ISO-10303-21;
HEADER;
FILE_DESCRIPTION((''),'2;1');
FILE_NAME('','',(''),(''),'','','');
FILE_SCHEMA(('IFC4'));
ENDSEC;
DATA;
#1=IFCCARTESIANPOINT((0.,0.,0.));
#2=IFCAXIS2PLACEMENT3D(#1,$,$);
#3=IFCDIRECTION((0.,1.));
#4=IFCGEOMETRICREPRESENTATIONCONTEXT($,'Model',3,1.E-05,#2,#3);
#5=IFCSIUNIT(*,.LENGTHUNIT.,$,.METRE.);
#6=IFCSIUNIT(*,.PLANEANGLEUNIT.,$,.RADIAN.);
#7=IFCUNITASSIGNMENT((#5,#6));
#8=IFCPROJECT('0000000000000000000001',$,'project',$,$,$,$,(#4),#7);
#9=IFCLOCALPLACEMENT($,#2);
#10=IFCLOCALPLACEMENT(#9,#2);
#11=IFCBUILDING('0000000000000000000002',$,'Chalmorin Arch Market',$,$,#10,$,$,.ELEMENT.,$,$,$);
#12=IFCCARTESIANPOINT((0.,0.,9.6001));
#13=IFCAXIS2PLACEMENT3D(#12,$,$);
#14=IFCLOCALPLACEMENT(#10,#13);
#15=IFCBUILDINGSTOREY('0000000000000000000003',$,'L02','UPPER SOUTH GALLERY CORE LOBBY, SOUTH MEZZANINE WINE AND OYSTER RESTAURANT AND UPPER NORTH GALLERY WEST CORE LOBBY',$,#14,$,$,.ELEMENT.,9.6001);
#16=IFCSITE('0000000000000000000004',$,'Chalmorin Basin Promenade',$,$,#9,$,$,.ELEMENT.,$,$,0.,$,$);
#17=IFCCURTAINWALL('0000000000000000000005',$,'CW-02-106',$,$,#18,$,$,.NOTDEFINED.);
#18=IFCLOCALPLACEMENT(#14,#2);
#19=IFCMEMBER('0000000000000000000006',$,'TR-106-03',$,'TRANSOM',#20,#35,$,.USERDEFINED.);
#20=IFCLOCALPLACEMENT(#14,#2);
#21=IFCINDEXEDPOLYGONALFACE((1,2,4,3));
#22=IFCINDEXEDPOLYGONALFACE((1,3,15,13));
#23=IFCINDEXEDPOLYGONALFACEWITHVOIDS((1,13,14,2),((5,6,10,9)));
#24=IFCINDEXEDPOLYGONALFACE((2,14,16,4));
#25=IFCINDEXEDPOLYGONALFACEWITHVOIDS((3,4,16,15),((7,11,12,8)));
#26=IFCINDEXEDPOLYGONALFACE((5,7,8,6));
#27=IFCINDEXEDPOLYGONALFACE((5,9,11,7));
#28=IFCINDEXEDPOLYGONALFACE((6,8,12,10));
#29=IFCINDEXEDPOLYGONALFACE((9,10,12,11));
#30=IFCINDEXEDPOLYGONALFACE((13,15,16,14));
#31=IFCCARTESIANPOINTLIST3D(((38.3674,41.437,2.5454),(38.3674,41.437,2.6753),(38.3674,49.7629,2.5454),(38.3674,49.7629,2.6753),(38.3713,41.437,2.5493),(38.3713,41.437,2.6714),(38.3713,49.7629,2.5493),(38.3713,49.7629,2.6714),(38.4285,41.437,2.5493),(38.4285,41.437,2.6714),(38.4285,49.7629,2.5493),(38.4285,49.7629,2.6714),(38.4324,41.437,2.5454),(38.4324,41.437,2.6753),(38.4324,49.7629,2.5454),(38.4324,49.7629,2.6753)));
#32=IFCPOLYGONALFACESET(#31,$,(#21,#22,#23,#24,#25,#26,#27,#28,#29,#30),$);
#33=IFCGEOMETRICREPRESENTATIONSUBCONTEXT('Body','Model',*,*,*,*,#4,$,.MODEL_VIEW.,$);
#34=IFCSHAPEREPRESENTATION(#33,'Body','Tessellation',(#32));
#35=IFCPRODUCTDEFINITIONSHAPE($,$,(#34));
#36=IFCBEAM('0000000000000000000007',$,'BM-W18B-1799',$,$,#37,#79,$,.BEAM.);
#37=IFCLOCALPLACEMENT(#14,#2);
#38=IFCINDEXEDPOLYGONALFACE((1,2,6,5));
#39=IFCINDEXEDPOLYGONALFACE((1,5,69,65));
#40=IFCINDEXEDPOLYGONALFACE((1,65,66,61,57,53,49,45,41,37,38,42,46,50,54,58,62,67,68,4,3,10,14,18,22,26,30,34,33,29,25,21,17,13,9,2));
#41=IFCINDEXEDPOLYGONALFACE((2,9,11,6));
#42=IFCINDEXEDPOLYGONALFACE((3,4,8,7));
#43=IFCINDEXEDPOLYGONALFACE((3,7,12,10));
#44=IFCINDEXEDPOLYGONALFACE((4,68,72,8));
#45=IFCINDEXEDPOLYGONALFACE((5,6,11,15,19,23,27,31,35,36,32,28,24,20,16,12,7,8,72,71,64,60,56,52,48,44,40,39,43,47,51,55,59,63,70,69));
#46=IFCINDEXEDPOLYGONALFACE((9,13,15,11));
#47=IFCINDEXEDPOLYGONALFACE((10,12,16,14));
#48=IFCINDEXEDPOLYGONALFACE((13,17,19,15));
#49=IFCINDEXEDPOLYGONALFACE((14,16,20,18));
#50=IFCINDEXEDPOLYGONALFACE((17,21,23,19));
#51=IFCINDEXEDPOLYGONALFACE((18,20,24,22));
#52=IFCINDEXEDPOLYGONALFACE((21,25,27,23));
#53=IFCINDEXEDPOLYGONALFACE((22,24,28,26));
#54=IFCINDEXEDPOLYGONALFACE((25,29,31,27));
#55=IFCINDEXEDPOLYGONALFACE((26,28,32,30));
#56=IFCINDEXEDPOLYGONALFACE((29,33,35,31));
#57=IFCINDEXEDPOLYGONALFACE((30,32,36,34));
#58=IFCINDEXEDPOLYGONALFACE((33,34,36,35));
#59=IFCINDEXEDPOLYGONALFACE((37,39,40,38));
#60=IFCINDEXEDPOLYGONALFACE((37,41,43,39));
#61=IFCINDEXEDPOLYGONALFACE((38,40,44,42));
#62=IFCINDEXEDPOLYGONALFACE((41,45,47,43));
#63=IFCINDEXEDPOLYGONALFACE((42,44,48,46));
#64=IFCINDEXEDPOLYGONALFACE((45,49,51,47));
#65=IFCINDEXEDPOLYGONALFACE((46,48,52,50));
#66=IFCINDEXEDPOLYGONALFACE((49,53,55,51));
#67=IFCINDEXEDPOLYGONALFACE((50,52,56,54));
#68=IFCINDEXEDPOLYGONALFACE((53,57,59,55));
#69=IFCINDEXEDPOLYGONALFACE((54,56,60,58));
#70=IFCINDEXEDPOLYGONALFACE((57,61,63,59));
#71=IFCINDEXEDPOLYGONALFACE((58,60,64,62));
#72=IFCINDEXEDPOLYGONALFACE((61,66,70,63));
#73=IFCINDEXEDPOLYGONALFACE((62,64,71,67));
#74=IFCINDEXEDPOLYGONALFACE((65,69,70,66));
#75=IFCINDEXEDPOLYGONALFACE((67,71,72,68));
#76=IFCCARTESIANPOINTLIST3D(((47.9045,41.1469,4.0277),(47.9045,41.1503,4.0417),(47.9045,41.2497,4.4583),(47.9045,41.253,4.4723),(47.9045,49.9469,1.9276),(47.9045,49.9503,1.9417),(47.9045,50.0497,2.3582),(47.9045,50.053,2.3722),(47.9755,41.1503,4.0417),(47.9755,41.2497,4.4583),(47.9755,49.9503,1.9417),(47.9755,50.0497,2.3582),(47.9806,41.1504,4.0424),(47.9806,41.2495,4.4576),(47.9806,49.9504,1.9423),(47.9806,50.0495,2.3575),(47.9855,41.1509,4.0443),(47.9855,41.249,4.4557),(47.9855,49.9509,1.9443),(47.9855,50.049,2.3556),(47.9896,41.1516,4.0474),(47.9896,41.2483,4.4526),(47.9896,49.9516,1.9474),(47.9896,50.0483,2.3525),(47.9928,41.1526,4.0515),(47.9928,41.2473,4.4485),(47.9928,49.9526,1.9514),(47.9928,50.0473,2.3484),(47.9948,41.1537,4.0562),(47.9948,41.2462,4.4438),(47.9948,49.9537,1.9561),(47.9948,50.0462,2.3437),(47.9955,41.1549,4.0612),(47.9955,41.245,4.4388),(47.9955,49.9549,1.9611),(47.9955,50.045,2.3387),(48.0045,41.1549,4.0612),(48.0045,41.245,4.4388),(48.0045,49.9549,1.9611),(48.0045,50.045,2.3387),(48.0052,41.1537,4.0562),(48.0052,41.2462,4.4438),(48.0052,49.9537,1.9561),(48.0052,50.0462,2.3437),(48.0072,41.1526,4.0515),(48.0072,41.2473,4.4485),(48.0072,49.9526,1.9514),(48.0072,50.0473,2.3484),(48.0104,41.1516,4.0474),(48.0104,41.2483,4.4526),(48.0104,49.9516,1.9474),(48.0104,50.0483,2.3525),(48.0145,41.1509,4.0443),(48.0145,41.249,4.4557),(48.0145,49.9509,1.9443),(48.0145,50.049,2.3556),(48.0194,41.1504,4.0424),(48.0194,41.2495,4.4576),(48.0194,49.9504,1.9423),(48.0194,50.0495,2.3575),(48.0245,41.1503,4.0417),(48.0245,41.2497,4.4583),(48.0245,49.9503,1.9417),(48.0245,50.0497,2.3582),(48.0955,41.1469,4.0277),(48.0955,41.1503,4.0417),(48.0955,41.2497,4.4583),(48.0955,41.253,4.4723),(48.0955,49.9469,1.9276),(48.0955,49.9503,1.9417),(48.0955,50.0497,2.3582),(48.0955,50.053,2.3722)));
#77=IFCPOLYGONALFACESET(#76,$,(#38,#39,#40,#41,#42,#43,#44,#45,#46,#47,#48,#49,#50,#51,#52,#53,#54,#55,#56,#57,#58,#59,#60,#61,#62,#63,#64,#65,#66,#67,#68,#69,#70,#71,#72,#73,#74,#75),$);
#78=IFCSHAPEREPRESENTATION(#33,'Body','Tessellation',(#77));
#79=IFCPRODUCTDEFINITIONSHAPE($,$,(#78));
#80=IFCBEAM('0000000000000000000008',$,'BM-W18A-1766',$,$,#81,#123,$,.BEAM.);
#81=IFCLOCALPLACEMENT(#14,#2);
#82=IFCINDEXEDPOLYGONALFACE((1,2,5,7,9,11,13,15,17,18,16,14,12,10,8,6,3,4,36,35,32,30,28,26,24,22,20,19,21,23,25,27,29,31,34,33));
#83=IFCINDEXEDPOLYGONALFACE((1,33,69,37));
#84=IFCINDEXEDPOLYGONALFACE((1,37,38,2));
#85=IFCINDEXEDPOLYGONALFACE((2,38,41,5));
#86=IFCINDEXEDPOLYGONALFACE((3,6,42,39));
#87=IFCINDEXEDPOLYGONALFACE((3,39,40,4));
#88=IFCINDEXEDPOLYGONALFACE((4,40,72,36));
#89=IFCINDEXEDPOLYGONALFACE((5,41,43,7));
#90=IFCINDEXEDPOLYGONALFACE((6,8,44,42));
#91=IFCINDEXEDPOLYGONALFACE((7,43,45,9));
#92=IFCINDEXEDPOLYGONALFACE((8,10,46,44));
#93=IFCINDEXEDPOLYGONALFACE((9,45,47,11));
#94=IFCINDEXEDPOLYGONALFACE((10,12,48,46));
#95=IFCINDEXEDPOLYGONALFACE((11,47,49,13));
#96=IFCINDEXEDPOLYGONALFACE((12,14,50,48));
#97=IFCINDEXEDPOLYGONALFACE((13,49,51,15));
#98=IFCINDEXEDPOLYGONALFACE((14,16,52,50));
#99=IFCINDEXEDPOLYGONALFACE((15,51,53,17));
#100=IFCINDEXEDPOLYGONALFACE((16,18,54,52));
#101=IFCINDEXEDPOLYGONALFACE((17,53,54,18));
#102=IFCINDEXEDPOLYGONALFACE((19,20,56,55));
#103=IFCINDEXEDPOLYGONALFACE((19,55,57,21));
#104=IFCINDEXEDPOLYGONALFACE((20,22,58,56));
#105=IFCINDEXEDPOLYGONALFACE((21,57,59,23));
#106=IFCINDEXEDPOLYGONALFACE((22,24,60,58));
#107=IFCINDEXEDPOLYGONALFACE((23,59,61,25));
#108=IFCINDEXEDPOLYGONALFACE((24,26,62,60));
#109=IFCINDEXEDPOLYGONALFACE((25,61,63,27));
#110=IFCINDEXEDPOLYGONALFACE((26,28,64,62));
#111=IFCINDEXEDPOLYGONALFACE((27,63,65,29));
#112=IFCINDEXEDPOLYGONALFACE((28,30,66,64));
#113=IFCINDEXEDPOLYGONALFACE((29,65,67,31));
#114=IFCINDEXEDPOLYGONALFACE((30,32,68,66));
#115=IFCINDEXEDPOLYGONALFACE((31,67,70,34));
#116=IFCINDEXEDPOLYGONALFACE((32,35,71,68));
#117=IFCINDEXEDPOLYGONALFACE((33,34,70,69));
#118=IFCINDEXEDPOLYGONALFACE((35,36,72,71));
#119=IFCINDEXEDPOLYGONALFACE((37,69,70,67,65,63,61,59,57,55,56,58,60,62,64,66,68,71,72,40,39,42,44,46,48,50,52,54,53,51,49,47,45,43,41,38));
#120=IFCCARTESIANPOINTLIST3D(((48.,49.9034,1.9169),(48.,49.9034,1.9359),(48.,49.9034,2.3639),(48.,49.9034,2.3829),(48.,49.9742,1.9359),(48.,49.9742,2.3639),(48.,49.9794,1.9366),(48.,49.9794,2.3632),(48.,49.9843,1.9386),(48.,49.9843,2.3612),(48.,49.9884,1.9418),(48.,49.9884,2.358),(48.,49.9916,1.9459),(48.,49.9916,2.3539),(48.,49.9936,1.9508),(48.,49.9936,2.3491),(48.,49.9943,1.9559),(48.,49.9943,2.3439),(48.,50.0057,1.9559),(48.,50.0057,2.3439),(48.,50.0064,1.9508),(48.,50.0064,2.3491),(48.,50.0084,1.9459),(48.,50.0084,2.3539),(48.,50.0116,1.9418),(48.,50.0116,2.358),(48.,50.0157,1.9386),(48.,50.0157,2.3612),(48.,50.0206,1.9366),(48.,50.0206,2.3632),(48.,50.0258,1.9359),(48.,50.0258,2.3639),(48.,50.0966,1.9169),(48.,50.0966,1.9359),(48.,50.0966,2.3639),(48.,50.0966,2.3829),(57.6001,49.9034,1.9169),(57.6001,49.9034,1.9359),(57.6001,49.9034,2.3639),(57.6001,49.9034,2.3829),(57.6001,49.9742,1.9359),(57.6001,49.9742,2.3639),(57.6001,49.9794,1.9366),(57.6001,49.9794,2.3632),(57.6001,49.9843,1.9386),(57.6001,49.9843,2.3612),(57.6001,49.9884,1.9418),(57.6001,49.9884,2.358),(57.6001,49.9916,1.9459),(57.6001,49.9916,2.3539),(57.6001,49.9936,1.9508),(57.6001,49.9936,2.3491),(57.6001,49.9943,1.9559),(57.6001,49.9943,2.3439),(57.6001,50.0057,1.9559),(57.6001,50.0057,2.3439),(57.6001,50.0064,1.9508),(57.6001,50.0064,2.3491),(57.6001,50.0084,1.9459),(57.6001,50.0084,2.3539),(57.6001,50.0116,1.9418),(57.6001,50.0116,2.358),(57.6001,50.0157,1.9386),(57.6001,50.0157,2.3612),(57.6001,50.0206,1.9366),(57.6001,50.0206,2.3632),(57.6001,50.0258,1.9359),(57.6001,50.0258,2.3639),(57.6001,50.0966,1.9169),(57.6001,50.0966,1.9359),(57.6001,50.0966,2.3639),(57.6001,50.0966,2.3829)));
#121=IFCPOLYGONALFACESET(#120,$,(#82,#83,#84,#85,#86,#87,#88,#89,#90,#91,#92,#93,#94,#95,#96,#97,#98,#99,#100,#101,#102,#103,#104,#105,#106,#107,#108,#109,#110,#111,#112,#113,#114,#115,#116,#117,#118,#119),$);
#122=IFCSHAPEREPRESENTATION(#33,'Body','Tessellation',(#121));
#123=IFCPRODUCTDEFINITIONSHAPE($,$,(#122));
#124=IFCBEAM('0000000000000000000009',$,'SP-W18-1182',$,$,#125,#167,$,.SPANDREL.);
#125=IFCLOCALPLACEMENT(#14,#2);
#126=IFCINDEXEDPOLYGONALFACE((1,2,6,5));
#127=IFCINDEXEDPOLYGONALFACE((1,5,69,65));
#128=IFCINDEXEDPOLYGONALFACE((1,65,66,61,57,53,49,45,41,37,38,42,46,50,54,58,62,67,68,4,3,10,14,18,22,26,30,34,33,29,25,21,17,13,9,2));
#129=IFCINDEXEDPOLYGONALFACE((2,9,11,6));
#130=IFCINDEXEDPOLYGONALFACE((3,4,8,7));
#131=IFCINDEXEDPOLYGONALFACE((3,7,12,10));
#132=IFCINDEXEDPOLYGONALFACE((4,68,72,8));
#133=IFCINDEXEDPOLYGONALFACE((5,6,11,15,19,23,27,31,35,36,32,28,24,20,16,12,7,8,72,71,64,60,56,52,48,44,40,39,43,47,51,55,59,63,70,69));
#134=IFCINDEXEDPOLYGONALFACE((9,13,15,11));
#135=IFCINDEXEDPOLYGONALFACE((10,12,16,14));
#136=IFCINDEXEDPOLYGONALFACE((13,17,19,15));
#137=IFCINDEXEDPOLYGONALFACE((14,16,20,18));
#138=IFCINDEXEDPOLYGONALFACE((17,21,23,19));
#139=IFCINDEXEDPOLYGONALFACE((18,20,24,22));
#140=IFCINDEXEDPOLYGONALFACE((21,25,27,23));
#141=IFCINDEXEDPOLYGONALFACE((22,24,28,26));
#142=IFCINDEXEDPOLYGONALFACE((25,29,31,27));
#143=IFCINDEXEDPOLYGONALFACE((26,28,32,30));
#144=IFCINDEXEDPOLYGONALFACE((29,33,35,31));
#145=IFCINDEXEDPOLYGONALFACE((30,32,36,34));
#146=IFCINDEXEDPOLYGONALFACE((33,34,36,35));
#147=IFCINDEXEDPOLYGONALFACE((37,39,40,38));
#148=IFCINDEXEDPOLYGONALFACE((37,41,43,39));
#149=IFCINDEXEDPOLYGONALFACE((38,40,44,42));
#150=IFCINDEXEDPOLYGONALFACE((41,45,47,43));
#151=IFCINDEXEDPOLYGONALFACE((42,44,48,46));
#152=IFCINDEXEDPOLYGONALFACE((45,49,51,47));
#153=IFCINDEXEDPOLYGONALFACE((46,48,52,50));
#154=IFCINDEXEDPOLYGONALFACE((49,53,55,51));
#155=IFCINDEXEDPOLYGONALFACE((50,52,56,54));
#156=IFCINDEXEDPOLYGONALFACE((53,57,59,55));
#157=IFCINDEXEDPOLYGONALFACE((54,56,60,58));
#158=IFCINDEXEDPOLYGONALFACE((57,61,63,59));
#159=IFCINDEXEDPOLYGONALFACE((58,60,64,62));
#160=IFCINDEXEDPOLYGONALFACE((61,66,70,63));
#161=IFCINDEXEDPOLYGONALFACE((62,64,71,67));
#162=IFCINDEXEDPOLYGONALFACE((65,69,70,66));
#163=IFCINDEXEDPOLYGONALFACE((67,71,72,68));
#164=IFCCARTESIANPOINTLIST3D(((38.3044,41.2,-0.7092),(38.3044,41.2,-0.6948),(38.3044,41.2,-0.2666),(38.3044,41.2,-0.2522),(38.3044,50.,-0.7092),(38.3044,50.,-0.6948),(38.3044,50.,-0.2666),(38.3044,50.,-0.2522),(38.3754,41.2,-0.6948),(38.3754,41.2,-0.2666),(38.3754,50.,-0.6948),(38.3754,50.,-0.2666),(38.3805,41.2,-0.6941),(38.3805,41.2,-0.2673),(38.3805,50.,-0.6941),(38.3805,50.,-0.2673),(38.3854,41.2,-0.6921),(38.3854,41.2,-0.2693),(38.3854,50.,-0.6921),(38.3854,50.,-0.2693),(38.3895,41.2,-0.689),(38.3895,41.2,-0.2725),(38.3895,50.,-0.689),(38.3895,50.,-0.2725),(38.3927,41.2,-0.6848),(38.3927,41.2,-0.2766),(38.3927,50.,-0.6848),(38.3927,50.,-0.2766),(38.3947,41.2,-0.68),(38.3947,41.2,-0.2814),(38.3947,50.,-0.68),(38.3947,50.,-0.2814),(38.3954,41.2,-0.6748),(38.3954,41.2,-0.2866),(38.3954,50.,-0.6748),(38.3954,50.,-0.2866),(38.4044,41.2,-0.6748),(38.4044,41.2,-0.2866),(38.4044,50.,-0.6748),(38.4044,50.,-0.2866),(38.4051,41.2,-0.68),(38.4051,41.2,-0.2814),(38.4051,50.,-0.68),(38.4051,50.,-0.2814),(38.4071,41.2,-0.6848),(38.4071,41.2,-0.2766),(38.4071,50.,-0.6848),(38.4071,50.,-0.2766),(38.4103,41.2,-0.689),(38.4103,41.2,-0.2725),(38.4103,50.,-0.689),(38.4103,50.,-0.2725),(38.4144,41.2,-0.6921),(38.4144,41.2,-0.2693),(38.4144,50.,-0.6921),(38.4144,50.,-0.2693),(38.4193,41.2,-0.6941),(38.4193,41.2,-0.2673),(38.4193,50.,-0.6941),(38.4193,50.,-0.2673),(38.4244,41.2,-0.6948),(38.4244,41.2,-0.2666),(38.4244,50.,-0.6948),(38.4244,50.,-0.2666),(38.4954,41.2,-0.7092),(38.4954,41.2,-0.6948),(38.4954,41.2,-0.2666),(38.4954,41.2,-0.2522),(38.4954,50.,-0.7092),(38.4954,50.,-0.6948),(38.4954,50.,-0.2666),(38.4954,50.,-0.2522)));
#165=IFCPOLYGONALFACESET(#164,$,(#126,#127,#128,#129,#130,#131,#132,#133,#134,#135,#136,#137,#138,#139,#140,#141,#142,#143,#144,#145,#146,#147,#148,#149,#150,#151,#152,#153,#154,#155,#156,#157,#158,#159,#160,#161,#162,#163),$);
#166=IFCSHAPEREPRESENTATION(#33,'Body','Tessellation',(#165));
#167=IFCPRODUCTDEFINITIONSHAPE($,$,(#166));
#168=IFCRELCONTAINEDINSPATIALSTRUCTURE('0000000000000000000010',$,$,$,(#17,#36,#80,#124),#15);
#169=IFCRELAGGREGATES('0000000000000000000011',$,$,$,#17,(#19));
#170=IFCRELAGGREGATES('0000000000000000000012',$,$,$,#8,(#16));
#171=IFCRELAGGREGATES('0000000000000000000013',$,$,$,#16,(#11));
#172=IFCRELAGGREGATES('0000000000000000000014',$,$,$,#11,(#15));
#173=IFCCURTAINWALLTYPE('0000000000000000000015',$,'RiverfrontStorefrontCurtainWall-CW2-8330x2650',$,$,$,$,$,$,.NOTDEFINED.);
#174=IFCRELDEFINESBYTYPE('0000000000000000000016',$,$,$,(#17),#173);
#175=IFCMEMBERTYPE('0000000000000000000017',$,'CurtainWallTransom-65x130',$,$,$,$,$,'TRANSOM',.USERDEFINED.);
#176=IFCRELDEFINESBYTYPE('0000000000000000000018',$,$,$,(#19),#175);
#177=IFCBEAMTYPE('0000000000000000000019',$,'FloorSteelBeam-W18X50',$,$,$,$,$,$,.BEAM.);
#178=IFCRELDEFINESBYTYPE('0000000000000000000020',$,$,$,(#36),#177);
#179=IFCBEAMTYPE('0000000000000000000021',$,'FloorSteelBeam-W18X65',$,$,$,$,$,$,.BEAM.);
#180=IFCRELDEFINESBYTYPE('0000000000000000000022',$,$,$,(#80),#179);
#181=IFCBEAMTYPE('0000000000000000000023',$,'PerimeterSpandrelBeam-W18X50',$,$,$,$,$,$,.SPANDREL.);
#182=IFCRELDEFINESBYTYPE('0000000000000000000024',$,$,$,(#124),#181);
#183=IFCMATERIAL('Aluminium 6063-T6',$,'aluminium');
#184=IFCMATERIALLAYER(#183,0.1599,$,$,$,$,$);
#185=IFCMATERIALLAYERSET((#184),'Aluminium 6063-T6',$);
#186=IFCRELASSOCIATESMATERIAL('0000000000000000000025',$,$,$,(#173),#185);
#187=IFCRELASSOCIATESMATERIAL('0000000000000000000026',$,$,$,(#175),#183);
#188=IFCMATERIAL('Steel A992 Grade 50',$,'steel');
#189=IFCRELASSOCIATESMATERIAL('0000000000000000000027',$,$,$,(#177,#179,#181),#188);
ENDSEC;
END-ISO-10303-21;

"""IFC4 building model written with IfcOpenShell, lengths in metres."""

from ifc_helpers import new_model, si_unit, direction, frame, origin, origin_2d, place, context, subcontext, project, spatial, hollow_rectangle, i_section, extrude, material, layer, layer_set, material_profile, profile_set, type_object, element, aggregate, save


model = new_model("IFC4")

# Units and contexts
model_context = context("Model", 3, precision=1e-05, world=origin(), true_north=direction((0.0, 1.0)))
body_context = subcontext(model_context, "Body", "Model", "MODEL_VIEW")
ifc_project = project(units=[si_unit("LENGTHUNIT", "METRE"), si_unit("PLANEANGLEUNIT", "RADIAN")], contexts=[model_context])

# Site, building, storey
site_placement = place(None, origin())
site = spatial("IfcSite", under=ifc_project, at=site_placement, Name="Chalmorin Basin Promenade", CompositionType="ELEMENT", RefElevation=0.0)
building_placement = place(site_placement, origin())
building = spatial("IfcBuilding", under=site, at=building_placement, Name="Chalmorin Arch Market", CompositionType="ELEMENT")
storey_placement = place(building_placement, frame((0.0, 0.0, 9.6001)))
storey = spatial("IfcBuildingStorey", under=building, at=storey_placement, Name="L02", Description="UPPER SOUTH GALLERY CORE LOBBY, SOUTH MEZZANINE WINE AND OYSTER RESTAURANT AND UPPER NORTH GALLERY WEST CORE LOBBY", CompositionType="ELEMENT", Elevation=9.6001)

# Curtain wall, member
ifc_material_1 = material(Name="Aluminium 6063-T6", Category="aluminium")
ifc_layer_1 = layer(ifc_material_1, 0.1599)
ifc_layer_set_1 = layer_set([ifc_layer_1], Name="Aluminium 6063-T6")
curtain_wall_type = type_object("IfcCurtainWallType", Name="RiverfrontStorefrontCurtainWall-CW2-8330x2650", PredefinedType="NOTDEFINED", material=ifc_layer_set_1)
curtain_wall_placement = place(storey_placement, origin())
curtain_wall = element("IfcCurtainWall", 1, at=curtain_wall_placement, inside=storey, type_object=curtain_wall_type, Name="CW-02-106", PredefinedType="NOTDEFINED")
ifc_material_profile_1 = material_profile(ifc_material_1, hollow_rectangle(XDim=0.0649, YDim=0.1299, WallThickness=0.0039, at=origin_2d()), Name="ALU65X130X4")
ifc_profile_set_1 = profile_set([ifc_material_profile_1], Name="Aluminium 6063-T6")
member_type_1 = type_object("IfcMemberType", Name="CurtainWallTransom-65x130", ElementType="TRANSOM", PredefinedType="USERDEFINED", material=ifc_profile_set_1)
member_1_placement = place(storey_placement, frame((38.3999, 41.437, 2.6104), z_axis=(0.0, 1.0, 0.0), x_axis=(-1.0, 0.0, 0.0)))
member_1 = element("IfcMember", 2, at=member_1_placement, type_object=member_type_1, Name="TR-106-03", ObjectType="TRANSOM", PredefinedType="USERDEFINED", context=body_context, shape_type="SweptSolid", body=[
    extrude(hollow_rectangle(XDim=0.0649, YDim=0.1299, WallThickness=0.0039, at=origin_2d()), origin(), (0.0, 0.0, 1.0), 8.3259),
])

# Beams
ifc_material_2 = material(Name="Steel A992 Grade 50", Category="steel")
ifc_material_profile_2 = material_profile(ifc_material_2, i_section(OverallWidth=0.1909, OverallDepth=0.457, WebThickness=0.009, FlangeThickness=0.0144, FilletRadius=0.02, at=origin_2d()), Name="W18X50")
ifc_profile_set_2 = profile_set([ifc_material_profile_2], Name="Steel A992 Grade 50")
beam_type_1 = type_object("IfcBeamType", Name="FloorSteelBeam-W18X50", PredefinedType="BEAM", material=ifc_profile_set_2)
beam_1_placement = place(storey_placement, frame((48.0, 41.2, 4.25), z_axis=(0.0, 0.972685, -0.232128), x_axis=(-1.0, 0.0, 0.0)))
element("IfcBeam", 3, at=beam_1_placement, inside=storey, type_object=beam_type_1, Name="BM-W18B-1799", PredefinedType="BEAM", context=body_context, shape_type="SweptSolid", body=[
    extrude(i_section(OverallWidth=0.1909, OverallDepth=0.457, WebThickness=0.009, FlangeThickness=0.0144, FilletRadius=0.02, at=origin_2d()), origin(), (0.0, 0.0, 1.0), 9.0471),
])
ifc_material_profile_3 = material_profile(ifc_material_2, i_section(OverallWidth=0.1931, OverallDepth=0.4661, WebThickness=0.0115, FlangeThickness=0.019, FilletRadius=0.02, at=origin_2d()), Name="W18X65")
ifc_profile_set_3 = profile_set([ifc_material_profile_3], Name="Steel A992 Grade 50")
beam_type_2 = type_object("IfcBeamType", Name="FloorSteelBeam-W18X65", PredefinedType="BEAM", material=ifc_profile_set_3)
beam_2_placement = place(storey_placement, frame((48.0, 50.0, 2.1499), z_axis=(1.0, 0.0, 0.0), x_axis=(0.0, 1.0, 0.0)))
element("IfcBeam", 4, at=beam_2_placement, inside=storey, type_object=beam_type_2, Name="BM-W18A-1766", PredefinedType="BEAM", context=body_context, shape_type="SweptSolid", body=[
    extrude(i_section(OverallWidth=0.1931, OverallDepth=0.4661, WebThickness=0.0115, FlangeThickness=0.019, FilletRadius=0.02, at=origin_2d()), origin(), (0.0, 0.0, 1.0), 9.6001),
])
ifc_material_profile_4 = material_profile(ifc_material_2, i_section(OverallWidth=0.1909, OverallDepth=0.457, WebThickness=0.009, FlangeThickness=0.0144, FilletRadius=0.02, at=origin_2d()), Name="W18X50")
ifc_profile_set_4 = profile_set([ifc_material_profile_4], Name="Steel A992 Grade 50")
beam_type_3 = type_object("IfcBeamType", Name="PerimeterSpandrelBeam-W18X50", PredefinedType="SPANDREL", material=ifc_profile_set_4)
for number, where, z_axis, x_axis, name in (
    (5, (38.3999, 41.2, -0.4807), (0.0, 1.0, 0.0), (-1.0, 0.0, 0.0), "SP-W18-1182"),
):
    element("IfcBeam", number, at=place(storey_placement, frame(where, z_axis=z_axis, x_axis=x_axis)), inside=storey, type_object=beam_type_3, Name=name, PredefinedType="SPANDREL", context=body_context, shape_type="SweptSolid", body=[
        extrude(i_section(OverallWidth=0.1909, OverallDepth=0.457, WebThickness=0.009, FlangeThickness=0.0144, FilletRadius=0.02, at=origin_2d()), origin(), (0.0, 0.0, 1.0), 8.8),
    ])

aggregate(curtain_wall, [member_1])

save(model, "model.ifc")
